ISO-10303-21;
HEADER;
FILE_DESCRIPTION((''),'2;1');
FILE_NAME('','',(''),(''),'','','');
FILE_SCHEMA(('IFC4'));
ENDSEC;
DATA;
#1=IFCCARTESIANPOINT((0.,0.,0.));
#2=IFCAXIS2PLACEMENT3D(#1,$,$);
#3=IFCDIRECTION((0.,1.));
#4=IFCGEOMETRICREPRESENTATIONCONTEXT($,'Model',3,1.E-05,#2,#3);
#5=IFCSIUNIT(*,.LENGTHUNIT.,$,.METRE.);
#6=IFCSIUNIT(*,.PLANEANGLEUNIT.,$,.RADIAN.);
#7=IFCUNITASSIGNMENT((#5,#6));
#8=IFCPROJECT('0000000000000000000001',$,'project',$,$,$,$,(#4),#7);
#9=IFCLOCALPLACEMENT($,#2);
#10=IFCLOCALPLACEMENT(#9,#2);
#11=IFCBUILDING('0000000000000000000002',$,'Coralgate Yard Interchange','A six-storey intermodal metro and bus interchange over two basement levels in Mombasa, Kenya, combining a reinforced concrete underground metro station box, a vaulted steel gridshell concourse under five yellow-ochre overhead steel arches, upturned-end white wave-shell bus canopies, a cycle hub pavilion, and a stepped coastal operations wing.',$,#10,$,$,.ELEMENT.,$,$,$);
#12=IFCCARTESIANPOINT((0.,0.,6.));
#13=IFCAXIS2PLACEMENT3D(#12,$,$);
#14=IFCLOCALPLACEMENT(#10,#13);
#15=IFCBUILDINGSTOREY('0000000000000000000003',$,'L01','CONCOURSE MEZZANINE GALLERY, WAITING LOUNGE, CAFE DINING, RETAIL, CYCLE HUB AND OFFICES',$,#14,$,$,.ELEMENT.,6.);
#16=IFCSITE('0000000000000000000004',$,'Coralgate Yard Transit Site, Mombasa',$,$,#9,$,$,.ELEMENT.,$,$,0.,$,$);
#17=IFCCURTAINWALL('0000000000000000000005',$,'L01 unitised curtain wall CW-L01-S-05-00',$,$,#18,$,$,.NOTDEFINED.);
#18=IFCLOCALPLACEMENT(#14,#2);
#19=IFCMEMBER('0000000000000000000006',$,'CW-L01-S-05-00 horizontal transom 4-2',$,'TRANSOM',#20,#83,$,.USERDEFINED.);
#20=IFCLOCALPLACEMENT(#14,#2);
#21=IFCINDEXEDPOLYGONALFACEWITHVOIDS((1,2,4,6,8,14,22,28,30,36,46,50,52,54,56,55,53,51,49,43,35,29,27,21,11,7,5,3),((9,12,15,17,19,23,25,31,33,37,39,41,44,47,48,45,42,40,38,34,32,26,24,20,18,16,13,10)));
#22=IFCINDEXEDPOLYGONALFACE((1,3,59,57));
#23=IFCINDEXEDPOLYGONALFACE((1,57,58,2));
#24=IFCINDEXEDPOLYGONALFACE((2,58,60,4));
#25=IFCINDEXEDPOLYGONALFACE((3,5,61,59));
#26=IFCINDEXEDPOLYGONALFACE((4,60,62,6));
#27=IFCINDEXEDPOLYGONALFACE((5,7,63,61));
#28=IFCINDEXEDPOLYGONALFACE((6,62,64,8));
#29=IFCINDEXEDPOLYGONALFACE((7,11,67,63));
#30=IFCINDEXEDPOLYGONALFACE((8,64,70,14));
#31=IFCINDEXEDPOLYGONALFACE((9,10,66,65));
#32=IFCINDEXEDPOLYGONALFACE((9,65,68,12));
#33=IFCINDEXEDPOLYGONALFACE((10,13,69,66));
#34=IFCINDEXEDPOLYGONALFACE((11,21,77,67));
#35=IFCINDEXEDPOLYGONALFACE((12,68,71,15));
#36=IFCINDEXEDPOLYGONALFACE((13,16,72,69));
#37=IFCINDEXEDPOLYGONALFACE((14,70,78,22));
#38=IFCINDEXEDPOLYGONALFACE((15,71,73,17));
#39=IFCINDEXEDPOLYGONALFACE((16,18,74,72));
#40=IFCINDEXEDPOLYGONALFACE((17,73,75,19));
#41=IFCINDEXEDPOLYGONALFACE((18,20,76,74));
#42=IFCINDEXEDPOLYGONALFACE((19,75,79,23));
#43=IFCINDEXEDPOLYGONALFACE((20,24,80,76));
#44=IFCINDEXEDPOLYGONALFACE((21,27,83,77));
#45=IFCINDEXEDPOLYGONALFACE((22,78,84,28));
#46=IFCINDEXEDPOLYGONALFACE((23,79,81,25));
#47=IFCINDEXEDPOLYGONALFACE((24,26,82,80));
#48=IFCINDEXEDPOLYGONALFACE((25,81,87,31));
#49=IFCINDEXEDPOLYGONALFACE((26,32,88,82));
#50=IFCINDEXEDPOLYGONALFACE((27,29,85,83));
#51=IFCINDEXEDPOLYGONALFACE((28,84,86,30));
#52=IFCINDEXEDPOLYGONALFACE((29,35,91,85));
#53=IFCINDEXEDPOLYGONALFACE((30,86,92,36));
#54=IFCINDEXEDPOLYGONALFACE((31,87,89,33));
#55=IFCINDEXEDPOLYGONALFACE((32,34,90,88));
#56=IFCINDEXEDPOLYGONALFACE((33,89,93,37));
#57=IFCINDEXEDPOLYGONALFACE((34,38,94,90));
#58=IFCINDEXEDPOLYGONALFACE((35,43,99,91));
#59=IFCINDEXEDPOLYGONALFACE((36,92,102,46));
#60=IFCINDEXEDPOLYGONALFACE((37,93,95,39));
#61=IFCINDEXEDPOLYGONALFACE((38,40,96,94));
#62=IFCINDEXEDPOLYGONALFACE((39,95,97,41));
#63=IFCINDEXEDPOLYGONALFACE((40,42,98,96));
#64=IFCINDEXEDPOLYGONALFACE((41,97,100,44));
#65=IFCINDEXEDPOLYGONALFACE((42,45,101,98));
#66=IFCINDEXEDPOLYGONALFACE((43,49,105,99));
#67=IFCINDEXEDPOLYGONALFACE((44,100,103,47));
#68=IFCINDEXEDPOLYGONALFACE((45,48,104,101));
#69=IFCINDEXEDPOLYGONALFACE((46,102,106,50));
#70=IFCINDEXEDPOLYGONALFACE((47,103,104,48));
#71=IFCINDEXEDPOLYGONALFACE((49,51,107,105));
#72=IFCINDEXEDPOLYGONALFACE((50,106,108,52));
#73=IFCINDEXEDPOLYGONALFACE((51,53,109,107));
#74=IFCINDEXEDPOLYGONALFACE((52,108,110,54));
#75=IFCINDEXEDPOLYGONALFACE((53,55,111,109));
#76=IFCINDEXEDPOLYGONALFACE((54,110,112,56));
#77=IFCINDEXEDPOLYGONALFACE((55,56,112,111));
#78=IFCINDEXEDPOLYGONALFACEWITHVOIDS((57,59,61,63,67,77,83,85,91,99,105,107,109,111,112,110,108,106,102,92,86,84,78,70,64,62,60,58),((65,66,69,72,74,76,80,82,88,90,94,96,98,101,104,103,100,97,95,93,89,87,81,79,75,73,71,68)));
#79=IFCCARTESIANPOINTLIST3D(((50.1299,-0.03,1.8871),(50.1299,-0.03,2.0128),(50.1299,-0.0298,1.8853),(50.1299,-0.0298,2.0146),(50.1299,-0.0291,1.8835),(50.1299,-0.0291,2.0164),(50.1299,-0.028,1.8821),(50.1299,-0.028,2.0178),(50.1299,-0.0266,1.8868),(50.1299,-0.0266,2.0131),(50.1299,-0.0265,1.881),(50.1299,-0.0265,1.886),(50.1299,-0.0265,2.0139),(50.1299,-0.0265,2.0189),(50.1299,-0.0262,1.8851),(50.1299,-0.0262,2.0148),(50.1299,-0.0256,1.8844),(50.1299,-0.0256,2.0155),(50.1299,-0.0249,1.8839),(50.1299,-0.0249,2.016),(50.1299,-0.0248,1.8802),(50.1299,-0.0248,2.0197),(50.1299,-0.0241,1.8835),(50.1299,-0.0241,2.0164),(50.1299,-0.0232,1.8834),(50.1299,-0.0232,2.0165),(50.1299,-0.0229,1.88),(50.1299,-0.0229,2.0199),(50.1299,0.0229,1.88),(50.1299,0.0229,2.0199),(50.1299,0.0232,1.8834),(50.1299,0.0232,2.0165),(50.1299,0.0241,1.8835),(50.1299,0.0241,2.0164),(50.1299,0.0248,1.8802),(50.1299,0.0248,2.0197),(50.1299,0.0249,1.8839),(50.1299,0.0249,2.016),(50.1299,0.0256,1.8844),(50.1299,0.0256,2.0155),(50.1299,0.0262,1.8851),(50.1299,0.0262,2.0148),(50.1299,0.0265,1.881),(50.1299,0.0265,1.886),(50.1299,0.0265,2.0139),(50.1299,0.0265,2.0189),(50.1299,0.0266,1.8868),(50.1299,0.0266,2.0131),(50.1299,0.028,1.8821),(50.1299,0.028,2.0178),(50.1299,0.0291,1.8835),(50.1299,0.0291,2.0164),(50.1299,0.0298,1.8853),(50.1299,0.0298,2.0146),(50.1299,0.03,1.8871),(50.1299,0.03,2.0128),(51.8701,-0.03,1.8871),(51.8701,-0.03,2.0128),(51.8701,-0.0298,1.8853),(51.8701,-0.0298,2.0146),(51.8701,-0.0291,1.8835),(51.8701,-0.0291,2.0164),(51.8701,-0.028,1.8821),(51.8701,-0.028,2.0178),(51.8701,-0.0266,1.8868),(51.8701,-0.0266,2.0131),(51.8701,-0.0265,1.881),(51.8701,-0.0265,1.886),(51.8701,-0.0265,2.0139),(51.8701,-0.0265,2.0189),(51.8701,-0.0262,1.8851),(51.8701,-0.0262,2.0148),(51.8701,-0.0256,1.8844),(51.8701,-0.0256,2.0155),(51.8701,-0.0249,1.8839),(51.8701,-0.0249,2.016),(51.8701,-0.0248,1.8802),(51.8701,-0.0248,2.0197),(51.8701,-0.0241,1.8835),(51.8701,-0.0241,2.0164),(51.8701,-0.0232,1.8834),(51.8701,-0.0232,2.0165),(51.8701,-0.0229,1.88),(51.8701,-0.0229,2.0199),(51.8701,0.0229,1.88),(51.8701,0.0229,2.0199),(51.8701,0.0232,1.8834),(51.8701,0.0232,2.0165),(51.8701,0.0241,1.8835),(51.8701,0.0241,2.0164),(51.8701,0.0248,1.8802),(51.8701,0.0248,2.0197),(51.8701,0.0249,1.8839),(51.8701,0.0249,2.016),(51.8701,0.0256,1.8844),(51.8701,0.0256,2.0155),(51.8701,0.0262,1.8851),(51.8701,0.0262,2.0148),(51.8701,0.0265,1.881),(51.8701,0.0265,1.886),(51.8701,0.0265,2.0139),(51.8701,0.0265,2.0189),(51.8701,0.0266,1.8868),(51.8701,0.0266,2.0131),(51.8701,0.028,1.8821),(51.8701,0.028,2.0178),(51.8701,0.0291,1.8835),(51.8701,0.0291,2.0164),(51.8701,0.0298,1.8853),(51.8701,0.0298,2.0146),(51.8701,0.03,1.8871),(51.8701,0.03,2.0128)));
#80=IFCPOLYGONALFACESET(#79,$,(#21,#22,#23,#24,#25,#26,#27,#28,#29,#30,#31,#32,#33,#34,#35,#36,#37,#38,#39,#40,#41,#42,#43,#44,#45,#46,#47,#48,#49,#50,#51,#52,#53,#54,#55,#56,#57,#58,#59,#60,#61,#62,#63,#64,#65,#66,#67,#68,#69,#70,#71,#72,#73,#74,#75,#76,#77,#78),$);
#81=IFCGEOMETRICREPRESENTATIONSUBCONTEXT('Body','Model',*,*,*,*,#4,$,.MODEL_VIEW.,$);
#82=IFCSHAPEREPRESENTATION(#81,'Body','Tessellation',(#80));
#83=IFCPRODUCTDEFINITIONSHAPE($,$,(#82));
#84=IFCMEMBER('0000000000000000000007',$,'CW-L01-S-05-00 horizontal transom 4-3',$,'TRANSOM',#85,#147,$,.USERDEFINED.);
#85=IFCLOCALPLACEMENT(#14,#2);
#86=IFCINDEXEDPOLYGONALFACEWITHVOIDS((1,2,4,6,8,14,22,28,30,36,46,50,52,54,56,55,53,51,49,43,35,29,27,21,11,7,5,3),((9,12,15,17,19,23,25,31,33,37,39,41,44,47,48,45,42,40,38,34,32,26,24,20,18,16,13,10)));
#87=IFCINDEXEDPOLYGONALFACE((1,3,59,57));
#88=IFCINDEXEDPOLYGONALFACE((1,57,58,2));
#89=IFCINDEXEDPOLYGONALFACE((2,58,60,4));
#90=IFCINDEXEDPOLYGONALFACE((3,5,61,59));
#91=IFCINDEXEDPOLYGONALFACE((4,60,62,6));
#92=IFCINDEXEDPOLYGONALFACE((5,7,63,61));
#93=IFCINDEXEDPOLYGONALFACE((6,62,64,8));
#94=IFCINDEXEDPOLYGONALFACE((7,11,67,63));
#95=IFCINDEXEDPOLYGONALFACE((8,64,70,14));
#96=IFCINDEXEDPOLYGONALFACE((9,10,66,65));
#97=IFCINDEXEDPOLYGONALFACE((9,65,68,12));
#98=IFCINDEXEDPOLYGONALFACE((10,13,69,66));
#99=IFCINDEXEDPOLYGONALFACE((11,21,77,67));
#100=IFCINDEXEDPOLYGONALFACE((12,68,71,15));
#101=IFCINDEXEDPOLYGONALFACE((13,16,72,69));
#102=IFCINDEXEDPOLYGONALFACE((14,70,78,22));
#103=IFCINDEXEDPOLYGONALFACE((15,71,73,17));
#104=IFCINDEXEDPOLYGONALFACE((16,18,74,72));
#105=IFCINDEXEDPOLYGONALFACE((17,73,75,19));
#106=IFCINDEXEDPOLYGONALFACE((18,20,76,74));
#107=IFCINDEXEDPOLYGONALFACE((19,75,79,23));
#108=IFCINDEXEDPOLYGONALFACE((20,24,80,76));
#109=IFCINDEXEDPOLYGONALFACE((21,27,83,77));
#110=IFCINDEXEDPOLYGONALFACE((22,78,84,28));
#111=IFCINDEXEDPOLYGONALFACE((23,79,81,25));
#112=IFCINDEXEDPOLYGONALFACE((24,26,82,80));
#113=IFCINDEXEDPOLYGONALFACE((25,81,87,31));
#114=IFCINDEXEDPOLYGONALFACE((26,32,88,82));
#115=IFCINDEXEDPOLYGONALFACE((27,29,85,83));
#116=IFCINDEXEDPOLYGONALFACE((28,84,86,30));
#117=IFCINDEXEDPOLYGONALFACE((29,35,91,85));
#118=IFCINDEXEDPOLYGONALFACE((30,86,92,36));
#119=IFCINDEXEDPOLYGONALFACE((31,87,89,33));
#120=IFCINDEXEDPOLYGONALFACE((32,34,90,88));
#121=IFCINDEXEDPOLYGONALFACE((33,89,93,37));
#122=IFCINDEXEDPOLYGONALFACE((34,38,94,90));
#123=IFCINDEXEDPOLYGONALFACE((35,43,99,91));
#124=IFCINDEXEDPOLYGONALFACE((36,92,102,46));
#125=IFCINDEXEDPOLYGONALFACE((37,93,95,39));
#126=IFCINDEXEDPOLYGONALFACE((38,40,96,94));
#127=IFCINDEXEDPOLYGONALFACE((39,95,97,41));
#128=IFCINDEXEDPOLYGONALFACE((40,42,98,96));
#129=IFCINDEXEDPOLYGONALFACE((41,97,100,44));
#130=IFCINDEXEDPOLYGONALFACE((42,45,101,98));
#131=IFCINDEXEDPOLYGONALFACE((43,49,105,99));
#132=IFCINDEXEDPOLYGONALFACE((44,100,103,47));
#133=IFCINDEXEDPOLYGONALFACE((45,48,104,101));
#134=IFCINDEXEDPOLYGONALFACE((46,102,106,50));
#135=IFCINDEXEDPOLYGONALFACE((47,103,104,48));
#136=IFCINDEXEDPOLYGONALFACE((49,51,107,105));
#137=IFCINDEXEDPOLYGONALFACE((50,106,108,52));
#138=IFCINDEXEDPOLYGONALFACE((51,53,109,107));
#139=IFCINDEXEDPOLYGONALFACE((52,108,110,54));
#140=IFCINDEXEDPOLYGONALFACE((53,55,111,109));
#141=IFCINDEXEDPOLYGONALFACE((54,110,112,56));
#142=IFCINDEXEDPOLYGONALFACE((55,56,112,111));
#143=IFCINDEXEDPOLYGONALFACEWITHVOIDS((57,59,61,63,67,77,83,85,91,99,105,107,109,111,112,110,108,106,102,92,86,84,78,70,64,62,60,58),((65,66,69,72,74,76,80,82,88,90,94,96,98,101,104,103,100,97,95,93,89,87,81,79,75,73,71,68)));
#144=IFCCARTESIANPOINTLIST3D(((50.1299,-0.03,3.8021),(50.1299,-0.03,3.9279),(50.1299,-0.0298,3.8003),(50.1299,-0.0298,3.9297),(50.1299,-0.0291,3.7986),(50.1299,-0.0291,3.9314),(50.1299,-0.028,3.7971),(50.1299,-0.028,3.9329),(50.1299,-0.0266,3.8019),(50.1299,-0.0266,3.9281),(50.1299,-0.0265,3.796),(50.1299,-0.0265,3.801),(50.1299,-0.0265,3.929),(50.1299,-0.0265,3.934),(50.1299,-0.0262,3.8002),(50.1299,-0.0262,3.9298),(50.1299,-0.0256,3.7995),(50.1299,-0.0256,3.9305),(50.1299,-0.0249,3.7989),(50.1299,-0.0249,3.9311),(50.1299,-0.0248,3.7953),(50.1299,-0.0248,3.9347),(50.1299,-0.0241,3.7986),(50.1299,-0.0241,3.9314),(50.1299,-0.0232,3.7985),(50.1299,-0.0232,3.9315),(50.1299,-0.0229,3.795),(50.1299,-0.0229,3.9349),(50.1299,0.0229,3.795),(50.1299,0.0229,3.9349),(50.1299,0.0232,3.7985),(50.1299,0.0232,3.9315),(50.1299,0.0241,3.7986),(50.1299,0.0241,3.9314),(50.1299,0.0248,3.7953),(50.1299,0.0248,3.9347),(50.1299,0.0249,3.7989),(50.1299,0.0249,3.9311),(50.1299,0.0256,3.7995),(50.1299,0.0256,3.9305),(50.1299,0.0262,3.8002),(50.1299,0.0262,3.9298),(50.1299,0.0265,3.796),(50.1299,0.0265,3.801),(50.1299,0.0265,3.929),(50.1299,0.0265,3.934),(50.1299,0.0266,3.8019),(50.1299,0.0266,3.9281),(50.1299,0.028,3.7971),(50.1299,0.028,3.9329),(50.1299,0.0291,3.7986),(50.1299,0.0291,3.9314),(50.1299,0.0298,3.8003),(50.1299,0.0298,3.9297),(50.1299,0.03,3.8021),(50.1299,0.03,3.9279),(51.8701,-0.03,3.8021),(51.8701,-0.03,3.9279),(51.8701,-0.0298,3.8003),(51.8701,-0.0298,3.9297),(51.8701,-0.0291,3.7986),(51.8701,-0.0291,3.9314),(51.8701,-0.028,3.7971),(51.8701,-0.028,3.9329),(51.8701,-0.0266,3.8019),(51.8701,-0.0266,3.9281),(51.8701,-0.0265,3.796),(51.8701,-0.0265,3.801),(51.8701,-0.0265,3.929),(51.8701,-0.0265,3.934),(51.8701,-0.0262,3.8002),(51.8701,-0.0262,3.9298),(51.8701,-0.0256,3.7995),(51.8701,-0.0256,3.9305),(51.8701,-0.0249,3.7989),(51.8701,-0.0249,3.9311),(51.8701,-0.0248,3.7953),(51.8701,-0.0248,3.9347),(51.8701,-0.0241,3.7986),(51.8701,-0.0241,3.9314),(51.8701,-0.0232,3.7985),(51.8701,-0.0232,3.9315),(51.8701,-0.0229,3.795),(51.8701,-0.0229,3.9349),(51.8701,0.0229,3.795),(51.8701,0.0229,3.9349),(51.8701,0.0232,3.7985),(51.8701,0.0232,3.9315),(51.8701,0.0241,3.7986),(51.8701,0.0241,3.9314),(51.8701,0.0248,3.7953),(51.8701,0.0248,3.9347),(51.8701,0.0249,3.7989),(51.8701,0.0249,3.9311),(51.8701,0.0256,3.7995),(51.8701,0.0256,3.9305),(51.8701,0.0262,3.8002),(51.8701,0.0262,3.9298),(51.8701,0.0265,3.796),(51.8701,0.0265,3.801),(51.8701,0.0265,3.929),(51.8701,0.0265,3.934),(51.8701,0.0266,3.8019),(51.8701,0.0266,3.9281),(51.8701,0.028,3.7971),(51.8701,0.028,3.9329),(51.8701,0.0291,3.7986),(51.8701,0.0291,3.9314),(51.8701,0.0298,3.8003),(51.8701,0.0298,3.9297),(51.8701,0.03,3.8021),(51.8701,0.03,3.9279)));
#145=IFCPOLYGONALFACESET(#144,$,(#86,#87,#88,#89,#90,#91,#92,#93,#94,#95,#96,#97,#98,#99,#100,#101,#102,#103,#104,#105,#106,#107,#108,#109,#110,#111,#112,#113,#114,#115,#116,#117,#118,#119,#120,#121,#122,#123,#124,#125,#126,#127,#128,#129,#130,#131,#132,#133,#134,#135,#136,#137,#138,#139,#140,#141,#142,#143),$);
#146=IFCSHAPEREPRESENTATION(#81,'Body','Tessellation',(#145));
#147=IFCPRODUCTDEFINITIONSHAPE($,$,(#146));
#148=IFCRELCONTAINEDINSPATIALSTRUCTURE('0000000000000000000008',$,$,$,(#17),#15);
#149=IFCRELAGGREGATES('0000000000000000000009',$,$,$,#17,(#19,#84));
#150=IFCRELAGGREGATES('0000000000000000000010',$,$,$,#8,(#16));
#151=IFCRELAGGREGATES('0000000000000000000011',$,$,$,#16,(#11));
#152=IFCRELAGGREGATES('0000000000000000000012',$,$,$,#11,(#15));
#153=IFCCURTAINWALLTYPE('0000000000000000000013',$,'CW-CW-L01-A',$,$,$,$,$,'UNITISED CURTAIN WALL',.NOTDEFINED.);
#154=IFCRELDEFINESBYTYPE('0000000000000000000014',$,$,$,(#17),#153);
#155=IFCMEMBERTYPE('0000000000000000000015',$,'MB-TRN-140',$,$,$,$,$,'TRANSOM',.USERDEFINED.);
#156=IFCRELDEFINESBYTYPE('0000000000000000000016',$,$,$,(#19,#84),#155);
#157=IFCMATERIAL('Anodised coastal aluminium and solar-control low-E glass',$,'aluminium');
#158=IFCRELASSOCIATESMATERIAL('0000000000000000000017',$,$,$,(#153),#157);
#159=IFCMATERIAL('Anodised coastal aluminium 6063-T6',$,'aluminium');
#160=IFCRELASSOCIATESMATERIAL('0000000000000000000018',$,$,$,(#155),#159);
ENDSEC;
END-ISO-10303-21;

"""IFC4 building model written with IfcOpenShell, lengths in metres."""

from ifc_helpers import new_model, si_unit, direction, frame, origin, origin_2d, place, context, subcontext, project, spatial, hollow_rectangle, extrude, material, material_profile, profile_set, type_object, element, aggregate, save


model = new_model("IFC4")

# Units and contexts
model_context = context("Model", 3, precision=1e-05, world=origin(), true_north=direction((0.0, 1.0)))
body_context = subcontext(model_context, "Body", "Model", "MODEL_VIEW")
ifc_project = project(units=[si_unit("LENGTHUNIT", "METRE"), si_unit("PLANEANGLEUNIT", "RADIAN")], contexts=[model_context])

# Site, building, storey
site_placement = place(None, origin())
site = spatial("IfcSite", under=ifc_project, at=site_placement, Name="Coralgate Yard Transit Site, Mombasa", CompositionType="ELEMENT", RefElevation=0.0)
building_placement = place(site_placement, origin())
building = spatial("IfcBuilding", under=site, at=building_placement, Name="Coralgate Yard Interchange", Description="A six-storey intermodal metro and bus interchange over two basement levels in Mombasa, Kenya, combining a reinforced concrete underground metro station box, a vaulted steel gridshell concourse under five yellow-ochre overhead steel arches, upturned-end white wave-shell bus canopies, a cycle hub pavilion, and a stepped coastal operations wing.", CompositionType="ELEMENT")
storey_placement = place(building_placement, frame((0.0, 0.0, 6.0)))
storey = spatial("IfcBuildingStorey", under=building, at=storey_placement, Name="L01", Description="CONCOURSE MEZZANINE GALLERY, WAITING LOUNGE, CAFE DINING, RETAIL, CYCLE HUB AND OFFICES", CompositionType="ELEMENT", Elevation=6.0)

# Curtain wall, members
ifc_material_1 = material(Name="Anodised coastal aluminium and solar-control low-E glass", Category="aluminium")
curtain_wall_type = type_object("IfcCurtainWallType", Name="CW-CW-L01-A", ElementType="UNITISED CURTAIN WALL", PredefinedType="NOTDEFINED", material=ifc_material_1)
curtain_wall_placement = place(storey_placement, origin())
curtain_wall = element("IfcCurtainWall", 1, at=curtain_wall_placement, inside=storey, type_object=curtain_wall_type, Name="L01 unitised curtain wall CW-L01-S-05-00", PredefinedType="NOTDEFINED")
ifc_material_2 = material(Name="Anodised coastal aluminium 6063-T6", Category="aluminium")
ifc_material_profile_1 = material_profile(ifc_material_2, hollow_rectangle(XDim=0.0601, YDim=0.1399, WallThickness=0.0034, InnerFilletRadius=0.0034, OuterFilletRadius=0.0071, at=origin_2d()), Name="ALU 60x140x3.5")
ifc_profile_set_1 = profile_set([ifc_material_profile_1], Name="Anodised coastal aluminium 6063-T6")
member_type_1 = type_object("IfcMemberType", Name="MB-TRN-140", ElementType="TRANSOM", PredefinedType="USERDEFINED", material=ifc_profile_set_1)
member_1_placement = place(storey_placement, frame((51.8701, 0.0, 1.95), z_axis=(-1.0, 0.0, 0.0), x_axis=(0.0, -1.0, 0.0)))
member_1 = element("IfcMember", 2, at=member_1_placement, type_object=member_type_1, Name="CW-L01-S-05-00 horizontal transom 4-2", ObjectType="TRANSOM", PredefinedType="USERDEFINED", context=body_context, shape_type="SweptSolid", body=[
    extrude(hollow_rectangle(XDim=0.0601, YDim=0.1399, WallThickness=0.0034, InnerFilletRadius=0.0034, OuterFilletRadius=0.0071, at=origin_2d()), origin(), (0.0, 0.0, 1.0), 1.7402),
])
member_2_placement = place(storey_placement, frame((51.8701, 0.0, 3.865), z_axis=(-1.0, 0.0, 0.0), x_axis=(0.0, -1.0, 0.0)))
member_2 = element("IfcMember", 3, at=member_2_placement, type_object=member_type_1, Name="CW-L01-S-05-00 horizontal transom 4-3", ObjectType="TRANSOM", PredefinedType="USERDEFINED", context=body_context, shape_type="SweptSolid", body=[
    extrude(hollow_rectangle(XDim=0.0601, YDim=0.1399, WallThickness=0.0034, InnerFilletRadius=0.0034, OuterFilletRadius=0.0071, at=origin_2d()), origin(), (0.0, 0.0, 1.0), 1.7402),
])
aggregate(curtain_wall, [member_1, member_2])

save(model, "model.ifc")
